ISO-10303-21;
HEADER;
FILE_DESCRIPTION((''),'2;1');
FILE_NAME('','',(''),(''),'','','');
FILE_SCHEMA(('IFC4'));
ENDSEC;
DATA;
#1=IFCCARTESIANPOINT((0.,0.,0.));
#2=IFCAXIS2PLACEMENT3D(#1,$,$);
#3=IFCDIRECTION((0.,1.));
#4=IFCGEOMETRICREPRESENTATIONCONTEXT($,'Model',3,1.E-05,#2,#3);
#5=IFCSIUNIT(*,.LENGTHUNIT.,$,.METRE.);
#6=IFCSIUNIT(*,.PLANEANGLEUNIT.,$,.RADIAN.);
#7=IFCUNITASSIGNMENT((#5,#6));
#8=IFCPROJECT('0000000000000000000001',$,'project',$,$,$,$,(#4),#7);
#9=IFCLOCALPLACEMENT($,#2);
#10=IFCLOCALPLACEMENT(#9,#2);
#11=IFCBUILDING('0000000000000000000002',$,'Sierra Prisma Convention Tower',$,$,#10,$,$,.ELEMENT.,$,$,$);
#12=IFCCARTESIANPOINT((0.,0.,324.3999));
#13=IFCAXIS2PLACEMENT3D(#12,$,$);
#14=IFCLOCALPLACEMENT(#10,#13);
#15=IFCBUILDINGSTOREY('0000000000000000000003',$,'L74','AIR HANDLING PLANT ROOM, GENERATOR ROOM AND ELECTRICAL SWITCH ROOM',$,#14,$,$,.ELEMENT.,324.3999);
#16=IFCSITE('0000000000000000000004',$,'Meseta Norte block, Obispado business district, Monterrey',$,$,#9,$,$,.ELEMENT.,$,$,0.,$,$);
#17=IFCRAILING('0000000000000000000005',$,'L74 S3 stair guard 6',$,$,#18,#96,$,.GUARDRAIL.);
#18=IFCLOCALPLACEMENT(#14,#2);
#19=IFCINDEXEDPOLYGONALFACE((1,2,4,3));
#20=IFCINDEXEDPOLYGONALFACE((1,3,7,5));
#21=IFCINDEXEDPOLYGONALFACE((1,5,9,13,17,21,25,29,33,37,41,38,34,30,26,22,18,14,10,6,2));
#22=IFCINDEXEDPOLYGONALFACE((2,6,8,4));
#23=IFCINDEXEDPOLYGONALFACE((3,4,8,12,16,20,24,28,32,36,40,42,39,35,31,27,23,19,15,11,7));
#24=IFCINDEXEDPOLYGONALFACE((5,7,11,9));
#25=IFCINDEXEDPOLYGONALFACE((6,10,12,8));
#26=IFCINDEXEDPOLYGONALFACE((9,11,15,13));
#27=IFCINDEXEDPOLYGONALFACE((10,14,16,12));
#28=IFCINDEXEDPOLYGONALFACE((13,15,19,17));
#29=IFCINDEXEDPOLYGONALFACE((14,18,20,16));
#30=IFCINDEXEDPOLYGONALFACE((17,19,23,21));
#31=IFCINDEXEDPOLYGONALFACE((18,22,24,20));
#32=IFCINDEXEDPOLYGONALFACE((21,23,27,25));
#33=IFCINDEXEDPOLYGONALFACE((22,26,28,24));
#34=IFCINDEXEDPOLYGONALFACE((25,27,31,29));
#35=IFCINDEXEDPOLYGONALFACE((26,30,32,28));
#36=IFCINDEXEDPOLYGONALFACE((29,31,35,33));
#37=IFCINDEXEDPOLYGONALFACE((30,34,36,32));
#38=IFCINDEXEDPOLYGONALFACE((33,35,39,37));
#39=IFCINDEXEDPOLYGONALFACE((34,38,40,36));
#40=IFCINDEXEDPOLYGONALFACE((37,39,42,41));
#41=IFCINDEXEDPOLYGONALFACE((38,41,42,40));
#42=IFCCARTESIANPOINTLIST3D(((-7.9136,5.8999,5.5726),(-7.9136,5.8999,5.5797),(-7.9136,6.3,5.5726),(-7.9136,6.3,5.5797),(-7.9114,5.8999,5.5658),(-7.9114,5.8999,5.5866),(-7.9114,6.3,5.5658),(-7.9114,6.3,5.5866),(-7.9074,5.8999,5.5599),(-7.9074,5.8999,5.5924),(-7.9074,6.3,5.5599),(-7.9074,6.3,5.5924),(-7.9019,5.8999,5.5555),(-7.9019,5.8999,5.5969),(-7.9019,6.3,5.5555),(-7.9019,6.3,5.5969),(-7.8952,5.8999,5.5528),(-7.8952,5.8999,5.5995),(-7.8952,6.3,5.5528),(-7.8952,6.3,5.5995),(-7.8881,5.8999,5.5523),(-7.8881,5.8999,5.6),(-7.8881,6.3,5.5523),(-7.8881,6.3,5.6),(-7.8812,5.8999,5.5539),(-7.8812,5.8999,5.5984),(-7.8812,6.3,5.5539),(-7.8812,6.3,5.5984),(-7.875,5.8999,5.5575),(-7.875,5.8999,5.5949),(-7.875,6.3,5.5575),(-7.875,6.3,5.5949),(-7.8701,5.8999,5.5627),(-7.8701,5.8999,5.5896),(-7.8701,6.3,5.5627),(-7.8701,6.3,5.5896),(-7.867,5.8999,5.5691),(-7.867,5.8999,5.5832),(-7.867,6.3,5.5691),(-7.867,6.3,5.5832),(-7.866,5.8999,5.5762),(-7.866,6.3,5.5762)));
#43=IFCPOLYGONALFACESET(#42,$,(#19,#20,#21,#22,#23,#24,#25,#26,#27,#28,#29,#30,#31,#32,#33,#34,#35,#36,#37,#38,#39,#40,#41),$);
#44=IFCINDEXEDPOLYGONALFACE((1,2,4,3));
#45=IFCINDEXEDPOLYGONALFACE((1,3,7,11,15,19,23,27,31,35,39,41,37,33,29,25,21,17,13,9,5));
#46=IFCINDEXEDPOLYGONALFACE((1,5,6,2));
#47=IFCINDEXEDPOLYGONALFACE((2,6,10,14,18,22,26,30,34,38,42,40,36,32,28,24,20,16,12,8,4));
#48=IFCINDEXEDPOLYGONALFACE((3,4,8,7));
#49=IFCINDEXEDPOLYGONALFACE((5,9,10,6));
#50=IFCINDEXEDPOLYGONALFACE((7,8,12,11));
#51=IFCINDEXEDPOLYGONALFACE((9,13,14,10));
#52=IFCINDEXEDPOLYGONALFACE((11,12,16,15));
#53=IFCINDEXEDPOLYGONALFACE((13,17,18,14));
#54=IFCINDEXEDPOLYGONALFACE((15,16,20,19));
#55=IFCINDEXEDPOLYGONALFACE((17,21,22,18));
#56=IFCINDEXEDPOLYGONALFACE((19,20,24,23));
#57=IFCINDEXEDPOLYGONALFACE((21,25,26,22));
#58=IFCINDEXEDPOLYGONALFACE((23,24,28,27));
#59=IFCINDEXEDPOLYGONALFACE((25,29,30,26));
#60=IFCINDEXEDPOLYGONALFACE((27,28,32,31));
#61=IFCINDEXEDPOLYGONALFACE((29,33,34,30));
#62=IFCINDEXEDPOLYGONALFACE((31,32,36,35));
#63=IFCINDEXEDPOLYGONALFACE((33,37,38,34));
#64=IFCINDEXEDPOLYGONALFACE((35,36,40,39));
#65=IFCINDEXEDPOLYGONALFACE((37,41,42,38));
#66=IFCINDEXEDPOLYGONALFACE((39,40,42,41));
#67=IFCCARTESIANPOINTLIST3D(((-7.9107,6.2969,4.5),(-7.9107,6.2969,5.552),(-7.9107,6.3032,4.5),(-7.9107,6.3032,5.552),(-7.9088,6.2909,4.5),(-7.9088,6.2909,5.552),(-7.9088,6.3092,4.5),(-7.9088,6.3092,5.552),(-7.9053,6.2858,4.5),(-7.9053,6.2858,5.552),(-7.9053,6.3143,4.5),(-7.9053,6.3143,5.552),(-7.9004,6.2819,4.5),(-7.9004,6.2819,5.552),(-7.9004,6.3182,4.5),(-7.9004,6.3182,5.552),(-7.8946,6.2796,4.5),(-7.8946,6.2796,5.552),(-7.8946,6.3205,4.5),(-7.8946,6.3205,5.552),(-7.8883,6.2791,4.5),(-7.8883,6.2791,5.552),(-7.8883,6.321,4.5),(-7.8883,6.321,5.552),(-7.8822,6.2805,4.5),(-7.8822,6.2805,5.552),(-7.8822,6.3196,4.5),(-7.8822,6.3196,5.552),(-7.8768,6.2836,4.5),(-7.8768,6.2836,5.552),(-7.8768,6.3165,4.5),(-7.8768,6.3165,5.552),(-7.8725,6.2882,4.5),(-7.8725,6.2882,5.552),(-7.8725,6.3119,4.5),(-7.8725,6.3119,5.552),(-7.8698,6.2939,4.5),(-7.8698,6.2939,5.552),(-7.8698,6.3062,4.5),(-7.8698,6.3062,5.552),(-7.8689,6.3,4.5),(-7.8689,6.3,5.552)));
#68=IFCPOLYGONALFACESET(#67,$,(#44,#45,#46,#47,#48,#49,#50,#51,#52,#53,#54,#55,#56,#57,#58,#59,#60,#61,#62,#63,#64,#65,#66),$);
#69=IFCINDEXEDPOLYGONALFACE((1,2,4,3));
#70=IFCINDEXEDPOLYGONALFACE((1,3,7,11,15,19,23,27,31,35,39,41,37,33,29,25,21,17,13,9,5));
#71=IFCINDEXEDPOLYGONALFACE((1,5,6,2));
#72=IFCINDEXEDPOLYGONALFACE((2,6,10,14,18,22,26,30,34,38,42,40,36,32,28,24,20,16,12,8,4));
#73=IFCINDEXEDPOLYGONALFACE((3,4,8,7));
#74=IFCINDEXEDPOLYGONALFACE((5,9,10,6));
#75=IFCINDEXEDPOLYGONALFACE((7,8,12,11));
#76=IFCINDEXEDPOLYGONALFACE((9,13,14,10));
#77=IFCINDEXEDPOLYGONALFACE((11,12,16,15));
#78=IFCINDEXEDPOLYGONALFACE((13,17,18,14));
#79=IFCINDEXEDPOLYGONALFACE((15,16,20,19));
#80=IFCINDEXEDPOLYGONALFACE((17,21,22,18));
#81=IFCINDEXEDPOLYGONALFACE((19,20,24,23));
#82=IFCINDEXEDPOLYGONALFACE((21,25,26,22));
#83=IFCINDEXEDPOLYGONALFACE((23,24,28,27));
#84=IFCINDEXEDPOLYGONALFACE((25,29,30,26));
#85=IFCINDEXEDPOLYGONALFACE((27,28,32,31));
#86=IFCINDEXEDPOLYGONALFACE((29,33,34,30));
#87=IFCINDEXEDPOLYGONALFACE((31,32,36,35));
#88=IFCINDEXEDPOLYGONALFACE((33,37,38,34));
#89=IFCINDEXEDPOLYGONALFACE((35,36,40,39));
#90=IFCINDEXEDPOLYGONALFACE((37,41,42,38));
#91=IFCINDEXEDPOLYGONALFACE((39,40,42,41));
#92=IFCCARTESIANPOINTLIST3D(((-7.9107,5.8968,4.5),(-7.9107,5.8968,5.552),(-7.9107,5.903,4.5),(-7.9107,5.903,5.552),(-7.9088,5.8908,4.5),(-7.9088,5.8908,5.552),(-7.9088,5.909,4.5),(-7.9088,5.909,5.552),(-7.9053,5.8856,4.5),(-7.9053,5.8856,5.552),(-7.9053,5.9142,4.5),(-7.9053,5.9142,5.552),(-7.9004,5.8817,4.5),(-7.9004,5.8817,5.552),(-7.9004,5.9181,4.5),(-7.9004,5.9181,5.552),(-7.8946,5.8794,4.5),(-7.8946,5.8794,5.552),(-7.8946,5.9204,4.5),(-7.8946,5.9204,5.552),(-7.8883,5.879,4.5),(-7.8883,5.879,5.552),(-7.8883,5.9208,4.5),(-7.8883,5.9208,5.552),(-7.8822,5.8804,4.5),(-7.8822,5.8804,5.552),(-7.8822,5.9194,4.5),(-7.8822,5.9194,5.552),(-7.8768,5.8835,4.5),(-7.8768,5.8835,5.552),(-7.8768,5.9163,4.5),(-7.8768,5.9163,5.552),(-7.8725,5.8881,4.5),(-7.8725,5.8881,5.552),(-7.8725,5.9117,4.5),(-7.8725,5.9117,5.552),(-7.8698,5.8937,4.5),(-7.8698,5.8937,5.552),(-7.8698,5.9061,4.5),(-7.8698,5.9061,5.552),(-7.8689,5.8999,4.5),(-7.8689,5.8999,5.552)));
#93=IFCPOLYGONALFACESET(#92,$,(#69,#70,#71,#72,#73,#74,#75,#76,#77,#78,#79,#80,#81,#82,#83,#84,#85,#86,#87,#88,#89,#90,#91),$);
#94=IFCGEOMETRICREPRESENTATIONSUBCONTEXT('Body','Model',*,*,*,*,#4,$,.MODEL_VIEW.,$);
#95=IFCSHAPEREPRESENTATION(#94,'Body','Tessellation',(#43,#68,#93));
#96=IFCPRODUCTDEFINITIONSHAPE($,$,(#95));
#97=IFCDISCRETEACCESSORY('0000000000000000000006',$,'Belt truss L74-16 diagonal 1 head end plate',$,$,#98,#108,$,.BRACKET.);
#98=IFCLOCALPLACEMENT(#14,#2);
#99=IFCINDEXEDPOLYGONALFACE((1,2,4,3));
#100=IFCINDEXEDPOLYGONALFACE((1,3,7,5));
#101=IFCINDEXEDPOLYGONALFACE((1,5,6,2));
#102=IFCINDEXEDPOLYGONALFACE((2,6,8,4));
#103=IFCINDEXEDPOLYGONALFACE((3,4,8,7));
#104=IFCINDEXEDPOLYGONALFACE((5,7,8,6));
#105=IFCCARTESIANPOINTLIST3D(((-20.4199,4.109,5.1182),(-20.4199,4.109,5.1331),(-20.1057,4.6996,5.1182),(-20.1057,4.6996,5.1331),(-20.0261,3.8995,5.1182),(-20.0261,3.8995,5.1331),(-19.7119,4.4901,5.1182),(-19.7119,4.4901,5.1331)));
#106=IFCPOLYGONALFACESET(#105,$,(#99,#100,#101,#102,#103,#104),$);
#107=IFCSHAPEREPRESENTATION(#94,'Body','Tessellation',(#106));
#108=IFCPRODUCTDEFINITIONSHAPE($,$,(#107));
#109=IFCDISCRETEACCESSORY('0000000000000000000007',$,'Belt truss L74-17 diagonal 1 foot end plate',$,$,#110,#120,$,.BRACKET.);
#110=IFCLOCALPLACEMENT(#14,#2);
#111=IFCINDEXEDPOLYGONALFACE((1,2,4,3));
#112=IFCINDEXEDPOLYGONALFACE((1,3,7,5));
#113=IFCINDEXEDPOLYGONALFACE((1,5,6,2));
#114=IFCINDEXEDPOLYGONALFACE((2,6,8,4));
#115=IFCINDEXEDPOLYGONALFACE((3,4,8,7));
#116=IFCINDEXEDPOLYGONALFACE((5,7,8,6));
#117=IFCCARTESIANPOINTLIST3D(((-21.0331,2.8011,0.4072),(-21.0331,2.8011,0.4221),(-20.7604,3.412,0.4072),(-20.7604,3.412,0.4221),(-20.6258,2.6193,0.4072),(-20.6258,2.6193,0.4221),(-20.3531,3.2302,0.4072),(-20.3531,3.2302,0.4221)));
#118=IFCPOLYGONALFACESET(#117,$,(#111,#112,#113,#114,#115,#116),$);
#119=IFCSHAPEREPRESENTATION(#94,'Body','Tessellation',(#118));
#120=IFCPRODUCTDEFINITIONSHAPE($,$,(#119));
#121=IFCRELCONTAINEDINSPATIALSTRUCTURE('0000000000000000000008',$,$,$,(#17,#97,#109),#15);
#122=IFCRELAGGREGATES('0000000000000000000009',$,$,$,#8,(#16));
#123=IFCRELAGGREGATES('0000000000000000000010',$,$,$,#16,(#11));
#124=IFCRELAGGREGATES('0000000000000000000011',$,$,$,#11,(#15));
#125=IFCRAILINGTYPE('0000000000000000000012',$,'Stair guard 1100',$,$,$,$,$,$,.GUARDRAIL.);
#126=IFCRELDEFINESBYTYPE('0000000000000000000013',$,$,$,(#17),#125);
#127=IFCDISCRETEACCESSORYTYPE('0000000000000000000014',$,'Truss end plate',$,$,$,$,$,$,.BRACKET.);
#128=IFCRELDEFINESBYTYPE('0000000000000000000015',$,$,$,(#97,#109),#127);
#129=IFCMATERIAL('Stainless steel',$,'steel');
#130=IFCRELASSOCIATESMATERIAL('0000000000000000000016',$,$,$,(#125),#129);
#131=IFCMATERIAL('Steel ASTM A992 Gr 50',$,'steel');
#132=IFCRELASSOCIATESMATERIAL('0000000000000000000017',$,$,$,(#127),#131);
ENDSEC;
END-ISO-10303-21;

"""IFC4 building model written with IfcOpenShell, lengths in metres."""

from ifc_helpers import new_model, si_unit, direction, frame, origin, origin_2d, place, context, subcontext, project, spatial, rectangle, circle, extrude, material, type_object, element, save


model = new_model("IFC4")

# Units and contexts
model_context = context("Model", 3, precision=1e-05, world=origin(), true_north=direction((0.0, 1.0)))
body_context = subcontext(model_context, "Body", "Model", "MODEL_VIEW")
ifc_project = project(units=[si_unit("LENGTHUNIT", "METRE"), si_unit("PLANEANGLEUNIT", "RADIAN")], contexts=[model_context])

# Site, building, storey
site_placement = place(None, origin())
site = spatial("IfcSite", under=ifc_project, at=site_placement, Name="Meseta Norte block, Obispado business district, Monterrey", CompositionType="ELEMENT", RefElevation=0.0)
building_placement = place(site_placement, origin())
building = spatial("IfcBuilding", under=site, at=building_placement, Name="Sierra Prisma Convention Tower", CompositionType="ELEMENT")
storey_placement = place(building_placement, frame((0.0, 0.0, 324.3999)))
storey = spatial("IfcBuildingStorey", under=building, at=storey_placement, Name="L74", Description="AIR HANDLING PLANT ROOM, GENERATOR ROOM AND ELECTRICAL SWITCH ROOM", CompositionType="ELEMENT", Elevation=324.3999)

# Railing
ifc_material_1 = material(Name="Stainless steel", Category="steel")
railing_type_1 = type_object("IfcRailingType", Name="Stair guard 1100", PredefinedType="GUARDRAIL", material=ifc_material_1)
for number, where, name in (
    (1, (-7.8899, 6.3, 4.5), "L74 S3 stair guard 6"),
):
    element("IfcRailing", number, at=place(storey_placement, frame(where)), inside=storey, type_object=railing_type_1, Name=name, PredefinedType="GUARDRAIL", context=body_context, shape_type="SweptSolid", body=[
        extrude(circle(Radius=0.0239, at=origin_2d()), frame((0.0, 0.0, 1.0762), z_axis=(0.0, -1.0, 0.0), x_axis=(1.0, 0.0, 0.0)), (0.0, 0.0, 1.0), 0.4001),
        extrude(circle(Radius=0.021, at=origin_2d()), origin(), (0.0, 0.0, 1.0), 1.052),
        extrude(circle(Radius=0.021, at=origin_2d()), frame((0.0, -0.4001, 0.0)), (0.0, 0.0, 1.0), 1.052),
    ])

# Discrete accessories
ifc_material_2 = material(Name="Steel ASTM A992 Gr 50", Category="steel")
discrete_accessory_type = type_object("IfcDiscreteAccessoryType", Name="Truss end plate", PredefinedType="BRACKET", material=ifc_material_2)
for number, where, z_axis, x_axis, name in (
    (2, (-20.0659, 4.2996, 5.1182), (0.0, 0.0, 1.0), (-0.469738, -0.882806, 0.0), "Belt truss L74-16 diagonal 1 head end plate"),
    (3, (-20.6931, 3.0156, 0.4072), (0.0, 0.0, 1.0), (-0.407593, -0.913164, 0.0), "Belt truss L74-17 diagonal 1 foot end plate"),
):
    element("IfcDiscreteAccessory", number, at=place(storey_placement, frame(where, z_axis=z_axis, x_axis=x_axis)), inside=storey, type_object=discrete_accessory_type, Name=name, PredefinedType="BRACKET", context=body_context, shape_type="SweptSolid", body=[
        extrude(rectangle(XDim=0.6689, YDim=0.446, at=origin_2d()), origin(), (0.0, 0.0, 1.0), 0.0149),
    ])

save(model, "model.ifc")
